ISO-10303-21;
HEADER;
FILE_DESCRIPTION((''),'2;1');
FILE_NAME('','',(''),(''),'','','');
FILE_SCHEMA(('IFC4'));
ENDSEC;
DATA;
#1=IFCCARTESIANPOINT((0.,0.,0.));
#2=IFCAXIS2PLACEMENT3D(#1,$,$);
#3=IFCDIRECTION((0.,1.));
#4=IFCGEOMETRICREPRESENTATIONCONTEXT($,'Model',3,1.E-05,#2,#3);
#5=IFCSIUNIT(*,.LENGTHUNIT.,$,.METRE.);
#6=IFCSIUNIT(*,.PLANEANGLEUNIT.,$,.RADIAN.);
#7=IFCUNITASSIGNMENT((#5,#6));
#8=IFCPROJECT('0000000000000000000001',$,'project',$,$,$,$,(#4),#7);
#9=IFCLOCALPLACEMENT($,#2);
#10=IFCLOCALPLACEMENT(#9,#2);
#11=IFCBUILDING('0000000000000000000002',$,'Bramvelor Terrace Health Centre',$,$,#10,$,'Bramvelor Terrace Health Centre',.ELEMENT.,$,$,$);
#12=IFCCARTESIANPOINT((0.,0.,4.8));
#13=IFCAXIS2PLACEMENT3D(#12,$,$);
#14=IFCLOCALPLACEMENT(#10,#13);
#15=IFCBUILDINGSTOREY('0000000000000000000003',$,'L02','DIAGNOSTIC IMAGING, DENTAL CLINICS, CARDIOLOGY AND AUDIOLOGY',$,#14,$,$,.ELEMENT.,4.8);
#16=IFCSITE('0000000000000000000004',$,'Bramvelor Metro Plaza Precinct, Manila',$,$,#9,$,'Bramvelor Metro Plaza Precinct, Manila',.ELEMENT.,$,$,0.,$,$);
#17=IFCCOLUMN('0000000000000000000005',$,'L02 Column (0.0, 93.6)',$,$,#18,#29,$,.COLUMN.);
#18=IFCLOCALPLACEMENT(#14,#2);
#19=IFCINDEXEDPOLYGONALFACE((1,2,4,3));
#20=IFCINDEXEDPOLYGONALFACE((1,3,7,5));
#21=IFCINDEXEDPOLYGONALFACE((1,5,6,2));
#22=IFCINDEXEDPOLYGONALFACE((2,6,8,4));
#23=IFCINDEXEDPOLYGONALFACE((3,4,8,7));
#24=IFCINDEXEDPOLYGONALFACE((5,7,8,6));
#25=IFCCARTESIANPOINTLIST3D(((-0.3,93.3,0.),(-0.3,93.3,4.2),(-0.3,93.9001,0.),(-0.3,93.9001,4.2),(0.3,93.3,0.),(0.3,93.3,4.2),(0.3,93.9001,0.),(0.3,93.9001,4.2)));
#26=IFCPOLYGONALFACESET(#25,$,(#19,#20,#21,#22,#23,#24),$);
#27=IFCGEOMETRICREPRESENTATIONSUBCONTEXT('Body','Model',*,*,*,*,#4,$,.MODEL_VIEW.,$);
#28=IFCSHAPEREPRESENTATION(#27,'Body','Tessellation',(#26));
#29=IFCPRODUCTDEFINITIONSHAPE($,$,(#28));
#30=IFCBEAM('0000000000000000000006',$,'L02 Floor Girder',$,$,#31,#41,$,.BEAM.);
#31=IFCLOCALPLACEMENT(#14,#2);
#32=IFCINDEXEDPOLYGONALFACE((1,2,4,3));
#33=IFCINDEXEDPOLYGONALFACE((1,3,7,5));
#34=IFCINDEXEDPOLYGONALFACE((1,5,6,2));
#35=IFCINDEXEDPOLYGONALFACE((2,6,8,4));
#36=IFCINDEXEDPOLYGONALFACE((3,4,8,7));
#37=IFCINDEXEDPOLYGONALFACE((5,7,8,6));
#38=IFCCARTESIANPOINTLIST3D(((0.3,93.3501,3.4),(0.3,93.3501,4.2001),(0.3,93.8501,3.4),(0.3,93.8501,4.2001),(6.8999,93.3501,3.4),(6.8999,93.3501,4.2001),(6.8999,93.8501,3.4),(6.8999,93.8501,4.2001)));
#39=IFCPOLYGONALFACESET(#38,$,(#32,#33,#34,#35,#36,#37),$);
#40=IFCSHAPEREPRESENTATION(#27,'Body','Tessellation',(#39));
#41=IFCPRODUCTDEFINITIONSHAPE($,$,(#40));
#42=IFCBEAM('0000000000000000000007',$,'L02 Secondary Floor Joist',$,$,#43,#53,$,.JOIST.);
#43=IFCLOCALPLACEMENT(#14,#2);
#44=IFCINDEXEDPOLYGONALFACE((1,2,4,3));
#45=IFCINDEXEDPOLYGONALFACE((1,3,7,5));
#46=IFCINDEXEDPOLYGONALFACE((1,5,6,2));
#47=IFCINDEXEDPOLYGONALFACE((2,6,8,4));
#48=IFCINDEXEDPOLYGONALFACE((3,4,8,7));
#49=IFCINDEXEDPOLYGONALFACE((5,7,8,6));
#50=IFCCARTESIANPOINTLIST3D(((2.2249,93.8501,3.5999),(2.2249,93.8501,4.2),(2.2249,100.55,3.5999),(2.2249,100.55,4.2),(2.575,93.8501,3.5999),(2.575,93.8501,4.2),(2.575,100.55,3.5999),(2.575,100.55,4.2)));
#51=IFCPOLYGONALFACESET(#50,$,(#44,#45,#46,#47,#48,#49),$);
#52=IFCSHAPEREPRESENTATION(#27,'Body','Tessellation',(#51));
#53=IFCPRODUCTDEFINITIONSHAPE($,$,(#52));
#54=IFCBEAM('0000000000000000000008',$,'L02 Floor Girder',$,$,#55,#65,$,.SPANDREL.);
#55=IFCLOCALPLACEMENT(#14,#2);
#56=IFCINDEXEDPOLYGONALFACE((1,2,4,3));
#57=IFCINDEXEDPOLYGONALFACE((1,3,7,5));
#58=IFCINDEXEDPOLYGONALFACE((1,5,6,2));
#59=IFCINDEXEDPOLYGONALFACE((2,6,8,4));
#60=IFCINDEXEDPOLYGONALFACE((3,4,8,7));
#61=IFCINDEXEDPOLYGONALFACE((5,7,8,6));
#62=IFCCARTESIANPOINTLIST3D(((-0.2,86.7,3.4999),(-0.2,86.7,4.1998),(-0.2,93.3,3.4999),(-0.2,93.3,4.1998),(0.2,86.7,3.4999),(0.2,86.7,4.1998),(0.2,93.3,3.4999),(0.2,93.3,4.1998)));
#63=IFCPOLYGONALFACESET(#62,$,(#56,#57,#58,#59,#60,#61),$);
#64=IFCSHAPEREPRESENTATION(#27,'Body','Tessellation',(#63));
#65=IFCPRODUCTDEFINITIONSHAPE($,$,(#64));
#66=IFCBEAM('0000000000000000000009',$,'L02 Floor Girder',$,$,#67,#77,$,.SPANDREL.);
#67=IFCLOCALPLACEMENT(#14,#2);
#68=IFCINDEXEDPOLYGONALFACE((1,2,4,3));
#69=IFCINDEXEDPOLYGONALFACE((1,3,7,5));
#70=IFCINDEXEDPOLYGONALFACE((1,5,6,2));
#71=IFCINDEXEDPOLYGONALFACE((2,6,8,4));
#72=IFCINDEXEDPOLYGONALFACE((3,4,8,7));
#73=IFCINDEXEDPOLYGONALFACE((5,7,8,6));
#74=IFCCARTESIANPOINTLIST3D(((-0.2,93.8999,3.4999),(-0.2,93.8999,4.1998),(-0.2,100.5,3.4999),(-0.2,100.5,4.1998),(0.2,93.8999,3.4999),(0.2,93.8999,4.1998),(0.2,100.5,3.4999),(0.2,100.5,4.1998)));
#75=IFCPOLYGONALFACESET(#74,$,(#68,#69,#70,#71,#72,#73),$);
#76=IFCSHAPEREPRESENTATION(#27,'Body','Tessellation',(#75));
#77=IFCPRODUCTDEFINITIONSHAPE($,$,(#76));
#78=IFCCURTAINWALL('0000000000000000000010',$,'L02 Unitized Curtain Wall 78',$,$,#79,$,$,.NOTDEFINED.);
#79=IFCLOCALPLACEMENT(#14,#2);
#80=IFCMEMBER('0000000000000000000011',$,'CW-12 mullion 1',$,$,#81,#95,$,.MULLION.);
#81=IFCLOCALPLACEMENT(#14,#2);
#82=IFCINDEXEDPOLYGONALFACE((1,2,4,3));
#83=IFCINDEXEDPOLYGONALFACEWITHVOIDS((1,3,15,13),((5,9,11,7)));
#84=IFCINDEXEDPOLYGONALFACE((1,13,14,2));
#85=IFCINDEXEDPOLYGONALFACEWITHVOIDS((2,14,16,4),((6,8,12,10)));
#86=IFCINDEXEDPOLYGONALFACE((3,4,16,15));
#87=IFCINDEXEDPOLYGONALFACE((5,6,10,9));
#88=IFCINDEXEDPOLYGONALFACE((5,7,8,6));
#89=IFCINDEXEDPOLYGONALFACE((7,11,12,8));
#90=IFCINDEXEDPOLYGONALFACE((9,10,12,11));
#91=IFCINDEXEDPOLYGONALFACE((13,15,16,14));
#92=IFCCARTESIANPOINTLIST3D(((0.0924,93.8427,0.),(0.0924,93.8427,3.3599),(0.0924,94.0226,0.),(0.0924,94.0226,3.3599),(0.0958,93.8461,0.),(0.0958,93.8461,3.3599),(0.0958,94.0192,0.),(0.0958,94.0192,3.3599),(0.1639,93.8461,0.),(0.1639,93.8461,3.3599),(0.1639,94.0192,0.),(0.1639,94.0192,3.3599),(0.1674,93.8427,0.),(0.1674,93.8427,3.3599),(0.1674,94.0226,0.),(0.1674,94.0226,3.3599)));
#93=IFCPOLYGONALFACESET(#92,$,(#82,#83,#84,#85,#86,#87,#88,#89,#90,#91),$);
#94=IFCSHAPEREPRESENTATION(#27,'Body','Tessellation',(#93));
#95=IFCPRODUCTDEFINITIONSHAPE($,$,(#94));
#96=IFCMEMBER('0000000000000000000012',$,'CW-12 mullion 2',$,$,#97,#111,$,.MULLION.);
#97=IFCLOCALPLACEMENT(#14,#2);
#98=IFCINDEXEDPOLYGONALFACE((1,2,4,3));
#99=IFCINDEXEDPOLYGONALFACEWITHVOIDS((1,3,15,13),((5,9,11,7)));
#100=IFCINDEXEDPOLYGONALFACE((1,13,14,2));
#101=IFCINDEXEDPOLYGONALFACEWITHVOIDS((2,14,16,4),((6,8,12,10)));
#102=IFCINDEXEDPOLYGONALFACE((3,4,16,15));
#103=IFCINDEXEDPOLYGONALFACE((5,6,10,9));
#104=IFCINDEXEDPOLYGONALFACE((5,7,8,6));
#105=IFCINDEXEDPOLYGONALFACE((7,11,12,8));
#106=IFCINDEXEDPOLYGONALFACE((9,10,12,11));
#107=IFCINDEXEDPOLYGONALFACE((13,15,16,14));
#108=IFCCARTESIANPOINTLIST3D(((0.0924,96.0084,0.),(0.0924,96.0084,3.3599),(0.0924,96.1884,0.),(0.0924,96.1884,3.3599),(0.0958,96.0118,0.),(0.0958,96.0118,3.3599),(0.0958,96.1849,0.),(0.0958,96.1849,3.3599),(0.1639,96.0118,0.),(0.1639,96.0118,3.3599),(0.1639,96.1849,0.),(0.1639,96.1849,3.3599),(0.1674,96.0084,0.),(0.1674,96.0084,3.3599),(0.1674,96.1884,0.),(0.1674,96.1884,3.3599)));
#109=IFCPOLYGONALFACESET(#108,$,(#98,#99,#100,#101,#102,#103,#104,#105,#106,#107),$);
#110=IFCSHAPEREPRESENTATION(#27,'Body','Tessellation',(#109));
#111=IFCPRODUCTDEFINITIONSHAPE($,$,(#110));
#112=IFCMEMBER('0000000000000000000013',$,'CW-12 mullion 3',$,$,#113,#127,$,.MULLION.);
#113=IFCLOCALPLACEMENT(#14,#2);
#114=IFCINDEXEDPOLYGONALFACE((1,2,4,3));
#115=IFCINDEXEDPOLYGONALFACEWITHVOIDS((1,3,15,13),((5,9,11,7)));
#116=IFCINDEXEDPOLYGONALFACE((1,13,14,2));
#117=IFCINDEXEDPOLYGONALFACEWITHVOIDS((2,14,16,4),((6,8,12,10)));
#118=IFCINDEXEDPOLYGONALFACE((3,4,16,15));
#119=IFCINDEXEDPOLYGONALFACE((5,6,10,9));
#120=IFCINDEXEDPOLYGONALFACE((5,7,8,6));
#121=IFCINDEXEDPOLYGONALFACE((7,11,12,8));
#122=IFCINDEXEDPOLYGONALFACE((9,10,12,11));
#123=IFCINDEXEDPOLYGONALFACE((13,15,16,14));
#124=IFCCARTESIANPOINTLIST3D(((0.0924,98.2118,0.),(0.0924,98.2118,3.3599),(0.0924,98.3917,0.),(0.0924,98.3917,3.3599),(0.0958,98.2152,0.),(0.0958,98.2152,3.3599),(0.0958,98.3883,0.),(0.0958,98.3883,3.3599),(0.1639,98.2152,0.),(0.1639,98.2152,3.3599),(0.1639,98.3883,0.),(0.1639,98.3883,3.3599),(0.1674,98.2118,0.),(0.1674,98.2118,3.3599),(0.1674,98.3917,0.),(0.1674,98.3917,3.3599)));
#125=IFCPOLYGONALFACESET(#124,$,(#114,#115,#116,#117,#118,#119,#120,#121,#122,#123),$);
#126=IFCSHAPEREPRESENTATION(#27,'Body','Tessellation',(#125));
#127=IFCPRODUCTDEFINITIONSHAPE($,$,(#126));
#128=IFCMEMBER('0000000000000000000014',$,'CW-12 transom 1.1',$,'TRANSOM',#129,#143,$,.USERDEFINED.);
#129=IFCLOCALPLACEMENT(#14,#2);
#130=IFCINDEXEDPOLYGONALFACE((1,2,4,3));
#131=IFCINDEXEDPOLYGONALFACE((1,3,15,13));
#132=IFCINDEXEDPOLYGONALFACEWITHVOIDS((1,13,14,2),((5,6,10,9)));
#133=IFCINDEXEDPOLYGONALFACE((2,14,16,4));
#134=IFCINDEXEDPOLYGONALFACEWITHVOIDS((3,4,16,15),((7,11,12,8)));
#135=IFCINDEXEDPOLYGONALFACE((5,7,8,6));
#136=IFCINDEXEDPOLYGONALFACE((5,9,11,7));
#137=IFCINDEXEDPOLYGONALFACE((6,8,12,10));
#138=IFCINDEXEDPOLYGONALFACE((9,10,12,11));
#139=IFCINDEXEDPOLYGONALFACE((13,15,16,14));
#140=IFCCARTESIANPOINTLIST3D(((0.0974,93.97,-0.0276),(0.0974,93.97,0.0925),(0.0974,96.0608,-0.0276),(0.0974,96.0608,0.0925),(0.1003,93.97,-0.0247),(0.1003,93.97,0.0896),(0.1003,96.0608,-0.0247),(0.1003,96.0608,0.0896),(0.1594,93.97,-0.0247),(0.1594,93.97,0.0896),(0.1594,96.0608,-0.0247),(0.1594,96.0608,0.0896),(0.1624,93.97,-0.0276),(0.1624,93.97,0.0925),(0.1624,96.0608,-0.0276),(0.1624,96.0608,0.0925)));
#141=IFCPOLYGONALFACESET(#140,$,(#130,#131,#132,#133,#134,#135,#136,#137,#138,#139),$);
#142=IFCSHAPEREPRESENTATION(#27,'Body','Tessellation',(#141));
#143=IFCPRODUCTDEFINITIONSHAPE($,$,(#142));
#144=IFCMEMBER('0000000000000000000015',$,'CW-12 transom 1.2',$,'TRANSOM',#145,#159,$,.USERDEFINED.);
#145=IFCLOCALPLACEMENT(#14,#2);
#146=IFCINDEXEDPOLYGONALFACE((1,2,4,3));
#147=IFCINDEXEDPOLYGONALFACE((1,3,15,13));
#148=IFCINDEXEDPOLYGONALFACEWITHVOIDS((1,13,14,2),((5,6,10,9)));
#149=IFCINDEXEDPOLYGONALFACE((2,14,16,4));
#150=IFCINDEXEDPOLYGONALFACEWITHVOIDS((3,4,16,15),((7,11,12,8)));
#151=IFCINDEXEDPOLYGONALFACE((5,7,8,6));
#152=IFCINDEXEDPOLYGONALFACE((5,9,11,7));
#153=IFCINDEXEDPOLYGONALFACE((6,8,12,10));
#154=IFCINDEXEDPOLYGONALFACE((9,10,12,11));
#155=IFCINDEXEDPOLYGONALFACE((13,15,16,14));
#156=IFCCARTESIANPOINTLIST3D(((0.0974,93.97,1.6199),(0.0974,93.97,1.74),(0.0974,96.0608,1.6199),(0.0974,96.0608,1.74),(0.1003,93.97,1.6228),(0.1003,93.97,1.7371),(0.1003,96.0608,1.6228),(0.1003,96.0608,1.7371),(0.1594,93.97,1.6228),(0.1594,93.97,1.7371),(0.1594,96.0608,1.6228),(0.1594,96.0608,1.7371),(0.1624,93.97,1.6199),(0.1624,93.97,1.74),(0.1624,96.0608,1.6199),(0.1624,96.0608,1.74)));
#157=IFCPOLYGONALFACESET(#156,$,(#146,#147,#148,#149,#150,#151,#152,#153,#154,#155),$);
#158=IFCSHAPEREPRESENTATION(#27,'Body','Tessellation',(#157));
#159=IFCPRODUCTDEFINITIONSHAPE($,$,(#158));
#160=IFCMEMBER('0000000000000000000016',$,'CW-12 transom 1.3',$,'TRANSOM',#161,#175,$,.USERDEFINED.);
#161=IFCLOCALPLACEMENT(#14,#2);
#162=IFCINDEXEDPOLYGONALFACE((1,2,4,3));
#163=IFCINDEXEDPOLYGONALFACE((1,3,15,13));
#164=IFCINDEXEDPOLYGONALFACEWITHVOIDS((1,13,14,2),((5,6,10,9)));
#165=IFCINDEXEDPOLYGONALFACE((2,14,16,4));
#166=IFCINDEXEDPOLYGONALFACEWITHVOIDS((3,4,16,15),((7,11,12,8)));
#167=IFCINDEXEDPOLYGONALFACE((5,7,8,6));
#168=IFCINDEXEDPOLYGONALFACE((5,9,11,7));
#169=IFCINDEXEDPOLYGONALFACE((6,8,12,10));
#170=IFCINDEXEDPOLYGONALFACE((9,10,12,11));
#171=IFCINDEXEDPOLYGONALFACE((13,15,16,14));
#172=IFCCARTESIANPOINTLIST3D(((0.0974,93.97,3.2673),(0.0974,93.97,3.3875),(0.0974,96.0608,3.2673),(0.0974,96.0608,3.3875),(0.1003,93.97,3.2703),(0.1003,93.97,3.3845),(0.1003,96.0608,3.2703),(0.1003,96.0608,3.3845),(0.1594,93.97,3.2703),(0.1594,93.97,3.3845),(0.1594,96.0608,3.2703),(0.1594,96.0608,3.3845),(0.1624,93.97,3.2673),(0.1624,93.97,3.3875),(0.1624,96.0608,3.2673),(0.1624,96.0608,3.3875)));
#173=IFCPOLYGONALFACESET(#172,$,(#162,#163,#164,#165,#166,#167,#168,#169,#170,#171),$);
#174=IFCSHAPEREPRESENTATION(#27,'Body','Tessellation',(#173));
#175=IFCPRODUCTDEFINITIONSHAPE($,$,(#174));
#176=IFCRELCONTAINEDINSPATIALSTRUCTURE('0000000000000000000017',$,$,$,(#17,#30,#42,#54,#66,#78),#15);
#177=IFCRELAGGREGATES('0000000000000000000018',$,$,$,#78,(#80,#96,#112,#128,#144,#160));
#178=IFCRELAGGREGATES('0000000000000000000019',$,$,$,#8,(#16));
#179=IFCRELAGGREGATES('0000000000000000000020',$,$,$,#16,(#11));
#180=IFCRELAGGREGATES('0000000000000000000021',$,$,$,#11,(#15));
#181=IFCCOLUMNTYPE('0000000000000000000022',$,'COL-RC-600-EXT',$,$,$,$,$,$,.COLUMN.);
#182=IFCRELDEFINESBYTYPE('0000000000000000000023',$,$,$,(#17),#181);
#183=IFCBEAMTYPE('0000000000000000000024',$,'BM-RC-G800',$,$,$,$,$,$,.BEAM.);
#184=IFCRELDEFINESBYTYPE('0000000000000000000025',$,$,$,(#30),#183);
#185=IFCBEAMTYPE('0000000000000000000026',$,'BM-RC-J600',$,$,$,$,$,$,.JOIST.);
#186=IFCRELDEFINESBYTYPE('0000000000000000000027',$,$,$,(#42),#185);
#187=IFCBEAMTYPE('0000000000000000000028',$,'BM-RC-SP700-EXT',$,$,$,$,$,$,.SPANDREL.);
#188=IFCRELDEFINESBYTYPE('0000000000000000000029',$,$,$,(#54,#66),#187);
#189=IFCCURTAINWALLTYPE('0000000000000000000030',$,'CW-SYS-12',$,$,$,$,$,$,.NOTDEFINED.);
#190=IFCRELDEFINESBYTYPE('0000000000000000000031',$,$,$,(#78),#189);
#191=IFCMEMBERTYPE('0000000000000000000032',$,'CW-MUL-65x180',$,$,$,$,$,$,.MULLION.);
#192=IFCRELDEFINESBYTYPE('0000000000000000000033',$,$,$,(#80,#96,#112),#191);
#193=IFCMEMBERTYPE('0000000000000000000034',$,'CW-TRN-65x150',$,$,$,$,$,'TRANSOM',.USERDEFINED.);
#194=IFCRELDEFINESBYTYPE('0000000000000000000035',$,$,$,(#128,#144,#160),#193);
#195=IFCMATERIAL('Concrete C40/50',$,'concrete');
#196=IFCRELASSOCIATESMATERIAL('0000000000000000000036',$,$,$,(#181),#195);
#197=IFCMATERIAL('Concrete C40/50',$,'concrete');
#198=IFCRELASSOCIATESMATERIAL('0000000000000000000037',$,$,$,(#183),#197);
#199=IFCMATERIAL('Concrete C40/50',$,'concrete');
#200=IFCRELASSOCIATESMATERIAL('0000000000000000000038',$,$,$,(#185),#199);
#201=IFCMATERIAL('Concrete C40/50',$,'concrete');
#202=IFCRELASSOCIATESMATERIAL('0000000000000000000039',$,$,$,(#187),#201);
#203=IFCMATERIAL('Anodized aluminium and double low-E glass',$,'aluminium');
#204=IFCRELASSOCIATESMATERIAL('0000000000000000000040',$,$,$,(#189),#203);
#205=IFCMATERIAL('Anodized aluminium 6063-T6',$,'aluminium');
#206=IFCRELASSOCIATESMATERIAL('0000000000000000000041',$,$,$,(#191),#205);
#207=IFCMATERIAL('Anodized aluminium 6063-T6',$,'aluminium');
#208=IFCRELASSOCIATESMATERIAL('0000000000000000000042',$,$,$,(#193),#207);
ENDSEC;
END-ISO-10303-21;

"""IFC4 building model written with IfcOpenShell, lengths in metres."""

from ifc_helpers import new_model, si_unit, direction, frame, origin, origin_2d, place, context, subcontext, project, spatial, rectangle, hollow_rectangle, extrude, material, material_profile, profile_set, type_object, element, aggregate, save


model = new_model("IFC4")

# Units and contexts
model_context = context("Model", 3, precision=1e-05, world=origin(), true_north=direction((0.0, 1.0)))
body_context = subcontext(model_context, "Body", "Model", "MODEL_VIEW")
ifc_project = project(units=[si_unit("LENGTHUNIT", "METRE"), si_unit("PLANEANGLEUNIT", "RADIAN")], contexts=[model_context])

# Site, building, storey
site_placement = place(None, origin())
site = spatial("IfcSite", under=ifc_project, at=site_placement, Name="Bramvelor Metro Plaza Precinct, Manila", LongName="Bramvelor Metro Plaza Precinct, Manila", CompositionType="ELEMENT", RefElevation=0.0)
building_placement = place(site_placement, origin())
building = spatial("IfcBuilding", under=site, at=building_placement, Name="Bramvelor Terrace Health Centre", LongName="Bramvelor Terrace Health Centre", CompositionType="ELEMENT")
storey_placement = place(building_placement, frame((0.0, 0.0, 4.8)))
storey = spatial("IfcBuildingStorey", under=building, at=storey_placement, Name="L02", Description="DIAGNOSTIC IMAGING, DENTAL CLINICS, CARDIOLOGY AND AUDIOLOGY", CompositionType="ELEMENT", Elevation=4.8)

# Column
ifc_material_1 = material(Name="Concrete C40/50", Category="concrete")
ifc_material_profile_1 = material_profile(ifc_material_1, rectangle(XDim=0.6001, YDim=0.6001, at=origin_2d()), Name="RC 600x600")
ifc_profile_set_1 = profile_set([ifc_material_profile_1], Name="Concrete C40/50")
column_type = type_object("IfcColumnType", Name="COL-RC-600-EXT", PredefinedType="COLUMN", material=ifc_profile_set_1)
column_placement = place(storey_placement, frame((0.0, 93.6001, 0.0), z_axis=(0.0, 0.0, 1.0), x_axis=(1.0, 0.0, 0.0)))
element("IfcColumn", 1, at=column_placement, inside=storey, type_object=column_type, Name="L02 Column (0.0, 93.6)", PredefinedType="COLUMN", context=body_context, shape_type="SweptSolid", body=[
    extrude(rectangle(XDim=0.6001, YDim=0.6001, at=origin_2d()), origin(), (0.0, 0.0, 1.0), 4.2),
])

# Beams
ifc_material_2 = material(Name="Concrete C40/50", Category="concrete")
ifc_material_profile_2 = material_profile(ifc_material_2, rectangle(XDim=0.5, YDim=0.8, at=origin_2d()), Name="RC 500x800")
ifc_profile_set_2 = profile_set([ifc_material_profile_2], Name="Concrete C40/50")
beam_type_1 = type_object("IfcBeamType", Name="BM-RC-G800", PredefinedType="BEAM", material=ifc_profile_set_2)
beam_1_placement = place(storey_placement, frame((0.3, 93.6001, 3.8), z_axis=(1.0, 0.0, 0.0), x_axis=(0.0, 1.0, 0.0)))
element("IfcBeam", 2, at=beam_1_placement, inside=storey, type_object=beam_type_1, Name="L02 Floor Girder", PredefinedType="BEAM", context=body_context, shape_type="SweptSolid", body=[
    extrude(rectangle(XDim=0.5, YDim=0.8, at=origin_2d()), origin(), (0.0, 0.0, 1.0), 6.5999),
])
ifc_material_3 = material(Name="Concrete C40/50", Category="concrete")
ifc_material_profile_3 = material_profile(ifc_material_3, rectangle(XDim=0.3501, YDim=0.6001, at=origin_2d()), Name="RC 350x600")
ifc_profile_set_3 = profile_set([ifc_material_profile_3], Name="Concrete C40/50")
beam_type_2 = type_object("IfcBeamType", Name="BM-RC-J600", PredefinedType="JOIST", material=ifc_profile_set_3)
beam_2_placement = place(storey_placement, frame((2.3999, 93.8501, 3.8999), z_axis=(0.0, 1.0, 0.0), x_axis=(-1.0, 0.0, 0.0)))
element("IfcBeam", 3, at=beam_2_placement, inside=storey, type_object=beam_type_2, Name="L02 Secondary Floor Joist", PredefinedType="JOIST", context=body_context, shape_type="SweptSolid", body=[
    extrude(rectangle(XDim=0.3501, YDim=0.6001, at=origin_2d()), origin(), (0.0, 0.0, 1.0), 6.7),
])
ifc_material_4 = material(Name="Concrete C40/50", Category="concrete")
ifc_material_profile_4 = material_profile(ifc_material_4, rectangle(XDim=0.3999, YDim=0.7, at=origin_2d()), Name="RC 400x700")
ifc_profile_set_4 = profile_set([ifc_material_profile_4], Name="Concrete C40/50")
beam_type_3 = type_object("IfcBeamType", Name="BM-RC-SP700-EXT", PredefinedType="SPANDREL", material=ifc_profile_set_4)
for number, where, z_axis, x_axis, name in (
    (4, (0.0, 86.7, 3.8499), (0.0, 1.0, 0.0), (-1.0, 0.0, 0.0), "L02 Floor Girder"),
    (5, (0.0, 93.8999, 3.8499), (0.0, 1.0, 0.0), (-1.0, 0.0, 0.0), "L02 Floor Girder"),
):
    element("IfcBeam", number, at=place(storey_placement, frame(where, z_axis=z_axis, x_axis=x_axis)), inside=storey, type_object=beam_type_3, Name=name, PredefinedType="SPANDREL", context=body_context, shape_type="SweptSolid", body=[
        extrude(rectangle(XDim=0.3999, YDim=0.7, at=origin_2d()), origin(), (0.0, 0.0, 1.0), 6.6001),
    ])

# Curtain wall, members
ifc_material_5 = material(Name="Anodized aluminium and double low-E glass", Category="aluminium")
curtain_wall_type = type_object("IfcCurtainWallType", Name="CW-SYS-12", PredefinedType="NOTDEFINED", material=ifc_material_5)
curtain_wall_placement = place(storey_placement, origin())
curtain_wall = element("IfcCurtainWall", 6, at=curtain_wall_placement, inside=storey, type_object=curtain_wall_type, Name="L02 Unitized Curtain Wall 78", PredefinedType="NOTDEFINED")
ifc_material_6 = material(Name="Anodized aluminium 6063-T6", Category="aluminium")
ifc_material_profile_5 = material_profile(ifc_material_6, hollow_rectangle(XDim=0.075, YDim=0.1799, WallThickness=0.0034, at=origin_2d()), Name="ALU-MUL 75x180x3.5")
ifc_profile_set_5 = profile_set([ifc_material_profile_5], Name="Anodized aluminium 6063-T6")
member_type_1 = type_object("IfcMemberType", Name="CW-MUL-65x180", PredefinedType="MULLION", material=ifc_profile_set_5)
member_1_placement = place(storey_placement, frame((0.1299, 93.9326, 0.0), z_axis=(0.0, 0.0, 1.0), x_axis=(-1.0, 0.0, 0.0)))
member_1 = element("IfcMember", 7, at=member_1_placement, type_object=member_type_1, Name="CW-12 mullion 1", PredefinedType="MULLION", context=body_context, shape_type="SweptSolid", body=[
    extrude(hollow_rectangle(XDim=0.075, YDim=0.1799, WallThickness=0.0034, at=origin_2d()), origin(), (0.0, 0.0, 1.0), 3.3599),
])
member_2_placement = place(storey_placement, frame((0.1299, 96.0984, 0.0), z_axis=(0.0, 0.0, 1.0), x_axis=(-1.0, 0.0, 0.0)))
member_2 = element("IfcMember", 8, at=member_2_placement, type_object=member_type_1, Name="CW-12 mullion 2", PredefinedType="MULLION", context=body_context, shape_type="SweptSolid", body=[
    extrude(hollow_rectangle(XDim=0.075, YDim=0.1799, WallThickness=0.0034, at=origin_2d()), origin(), (0.0, 0.0, 1.0), 3.3599),
])
member_3_placement = place(storey_placement, frame((0.1299, 98.3018, 0.0), z_axis=(0.0, 0.0, 1.0), x_axis=(-1.0, 0.0, 0.0)))
member_3 = element("IfcMember", 9, at=member_3_placement, type_object=member_type_1, Name="CW-12 mullion 3", PredefinedType="MULLION", context=body_context, shape_type="SweptSolid", body=[
    extrude(hollow_rectangle(XDim=0.075, YDim=0.1799, WallThickness=0.0034, at=origin_2d()), origin(), (0.0, 0.0, 1.0), 3.3599),
])
ifc_material_7 = material(Name="Anodized aluminium 6063-T6", Category="aluminium")
ifc_material_profile_6 = material_profile(ifc_material_7, hollow_rectangle(XDim=0.0649, YDim=0.1201, WallThickness=0.0029, at=origin_2d()), Name="ALU-TRN 65x120x3.0")
ifc_profile_set_6 = profile_set([ifc_material_profile_6], Name="Anodized aluminium 6063-T6")
member_type_2 = type_object("IfcMemberType", Name="CW-TRN-65x150", ElementType="TRANSOM", PredefinedType="USERDEFINED", material=ifc_profile_set_6)
member_4_placement = place(storey_placement, frame((0.1299, 93.97, 0.0325), z_axis=(0.0, 1.0, 0.0), x_axis=(-1.0, 0.0, 0.0)))
member_4 = element("IfcMember", 10, at=member_4_placement, type_object=member_type_2, Name="CW-12 transom 1.1", ObjectType="TRANSOM", PredefinedType="USERDEFINED", context=body_context, shape_type="SweptSolid", body=[
    extrude(hollow_rectangle(XDim=0.0649, YDim=0.1201, WallThickness=0.0029, at=origin_2d()), origin(), (0.0, 0.0, 1.0), 2.0908),
])
member_5_placement = place(storey_placement, frame((0.1299, 93.97, 1.6799), z_axis=(0.0, 1.0, 0.0), x_axis=(-1.0, 0.0, 0.0)))
member_5 = element("IfcMember", 11, at=member_5_placement, type_object=member_type_2, Name="CW-12 transom 1.2", ObjectType="TRANSOM", PredefinedType="USERDEFINED", context=body_context, shape_type="SweptSolid", body=[
    extrude(hollow_rectangle(XDim=0.0649, YDim=0.1201, WallThickness=0.0029, at=origin_2d()), origin(), (0.0, 0.0, 1.0), 2.0908),
])
member_6_placement = place(storey_placement, frame((0.1299, 93.97, 3.3274), z_axis=(0.0, 1.0, 0.0), x_axis=(-1.0, 0.0, 0.0)))
member_6 = element("IfcMember", 12, at=member_6_placement, type_object=member_type_2, Name="CW-12 transom 1.3", ObjectType="TRANSOM", PredefinedType="USERDEFINED", context=body_context, shape_type="SweptSolid", body=[
    extrude(hollow_rectangle(XDim=0.0649, YDim=0.1201, WallThickness=0.0029, at=origin_2d()), origin(), (0.0, 0.0, 1.0), 2.0908),
])
aggregate(curtain_wall, [member_1, member_2, member_3, member_4, member_5, member_6])

save(model, "model.ifc")
